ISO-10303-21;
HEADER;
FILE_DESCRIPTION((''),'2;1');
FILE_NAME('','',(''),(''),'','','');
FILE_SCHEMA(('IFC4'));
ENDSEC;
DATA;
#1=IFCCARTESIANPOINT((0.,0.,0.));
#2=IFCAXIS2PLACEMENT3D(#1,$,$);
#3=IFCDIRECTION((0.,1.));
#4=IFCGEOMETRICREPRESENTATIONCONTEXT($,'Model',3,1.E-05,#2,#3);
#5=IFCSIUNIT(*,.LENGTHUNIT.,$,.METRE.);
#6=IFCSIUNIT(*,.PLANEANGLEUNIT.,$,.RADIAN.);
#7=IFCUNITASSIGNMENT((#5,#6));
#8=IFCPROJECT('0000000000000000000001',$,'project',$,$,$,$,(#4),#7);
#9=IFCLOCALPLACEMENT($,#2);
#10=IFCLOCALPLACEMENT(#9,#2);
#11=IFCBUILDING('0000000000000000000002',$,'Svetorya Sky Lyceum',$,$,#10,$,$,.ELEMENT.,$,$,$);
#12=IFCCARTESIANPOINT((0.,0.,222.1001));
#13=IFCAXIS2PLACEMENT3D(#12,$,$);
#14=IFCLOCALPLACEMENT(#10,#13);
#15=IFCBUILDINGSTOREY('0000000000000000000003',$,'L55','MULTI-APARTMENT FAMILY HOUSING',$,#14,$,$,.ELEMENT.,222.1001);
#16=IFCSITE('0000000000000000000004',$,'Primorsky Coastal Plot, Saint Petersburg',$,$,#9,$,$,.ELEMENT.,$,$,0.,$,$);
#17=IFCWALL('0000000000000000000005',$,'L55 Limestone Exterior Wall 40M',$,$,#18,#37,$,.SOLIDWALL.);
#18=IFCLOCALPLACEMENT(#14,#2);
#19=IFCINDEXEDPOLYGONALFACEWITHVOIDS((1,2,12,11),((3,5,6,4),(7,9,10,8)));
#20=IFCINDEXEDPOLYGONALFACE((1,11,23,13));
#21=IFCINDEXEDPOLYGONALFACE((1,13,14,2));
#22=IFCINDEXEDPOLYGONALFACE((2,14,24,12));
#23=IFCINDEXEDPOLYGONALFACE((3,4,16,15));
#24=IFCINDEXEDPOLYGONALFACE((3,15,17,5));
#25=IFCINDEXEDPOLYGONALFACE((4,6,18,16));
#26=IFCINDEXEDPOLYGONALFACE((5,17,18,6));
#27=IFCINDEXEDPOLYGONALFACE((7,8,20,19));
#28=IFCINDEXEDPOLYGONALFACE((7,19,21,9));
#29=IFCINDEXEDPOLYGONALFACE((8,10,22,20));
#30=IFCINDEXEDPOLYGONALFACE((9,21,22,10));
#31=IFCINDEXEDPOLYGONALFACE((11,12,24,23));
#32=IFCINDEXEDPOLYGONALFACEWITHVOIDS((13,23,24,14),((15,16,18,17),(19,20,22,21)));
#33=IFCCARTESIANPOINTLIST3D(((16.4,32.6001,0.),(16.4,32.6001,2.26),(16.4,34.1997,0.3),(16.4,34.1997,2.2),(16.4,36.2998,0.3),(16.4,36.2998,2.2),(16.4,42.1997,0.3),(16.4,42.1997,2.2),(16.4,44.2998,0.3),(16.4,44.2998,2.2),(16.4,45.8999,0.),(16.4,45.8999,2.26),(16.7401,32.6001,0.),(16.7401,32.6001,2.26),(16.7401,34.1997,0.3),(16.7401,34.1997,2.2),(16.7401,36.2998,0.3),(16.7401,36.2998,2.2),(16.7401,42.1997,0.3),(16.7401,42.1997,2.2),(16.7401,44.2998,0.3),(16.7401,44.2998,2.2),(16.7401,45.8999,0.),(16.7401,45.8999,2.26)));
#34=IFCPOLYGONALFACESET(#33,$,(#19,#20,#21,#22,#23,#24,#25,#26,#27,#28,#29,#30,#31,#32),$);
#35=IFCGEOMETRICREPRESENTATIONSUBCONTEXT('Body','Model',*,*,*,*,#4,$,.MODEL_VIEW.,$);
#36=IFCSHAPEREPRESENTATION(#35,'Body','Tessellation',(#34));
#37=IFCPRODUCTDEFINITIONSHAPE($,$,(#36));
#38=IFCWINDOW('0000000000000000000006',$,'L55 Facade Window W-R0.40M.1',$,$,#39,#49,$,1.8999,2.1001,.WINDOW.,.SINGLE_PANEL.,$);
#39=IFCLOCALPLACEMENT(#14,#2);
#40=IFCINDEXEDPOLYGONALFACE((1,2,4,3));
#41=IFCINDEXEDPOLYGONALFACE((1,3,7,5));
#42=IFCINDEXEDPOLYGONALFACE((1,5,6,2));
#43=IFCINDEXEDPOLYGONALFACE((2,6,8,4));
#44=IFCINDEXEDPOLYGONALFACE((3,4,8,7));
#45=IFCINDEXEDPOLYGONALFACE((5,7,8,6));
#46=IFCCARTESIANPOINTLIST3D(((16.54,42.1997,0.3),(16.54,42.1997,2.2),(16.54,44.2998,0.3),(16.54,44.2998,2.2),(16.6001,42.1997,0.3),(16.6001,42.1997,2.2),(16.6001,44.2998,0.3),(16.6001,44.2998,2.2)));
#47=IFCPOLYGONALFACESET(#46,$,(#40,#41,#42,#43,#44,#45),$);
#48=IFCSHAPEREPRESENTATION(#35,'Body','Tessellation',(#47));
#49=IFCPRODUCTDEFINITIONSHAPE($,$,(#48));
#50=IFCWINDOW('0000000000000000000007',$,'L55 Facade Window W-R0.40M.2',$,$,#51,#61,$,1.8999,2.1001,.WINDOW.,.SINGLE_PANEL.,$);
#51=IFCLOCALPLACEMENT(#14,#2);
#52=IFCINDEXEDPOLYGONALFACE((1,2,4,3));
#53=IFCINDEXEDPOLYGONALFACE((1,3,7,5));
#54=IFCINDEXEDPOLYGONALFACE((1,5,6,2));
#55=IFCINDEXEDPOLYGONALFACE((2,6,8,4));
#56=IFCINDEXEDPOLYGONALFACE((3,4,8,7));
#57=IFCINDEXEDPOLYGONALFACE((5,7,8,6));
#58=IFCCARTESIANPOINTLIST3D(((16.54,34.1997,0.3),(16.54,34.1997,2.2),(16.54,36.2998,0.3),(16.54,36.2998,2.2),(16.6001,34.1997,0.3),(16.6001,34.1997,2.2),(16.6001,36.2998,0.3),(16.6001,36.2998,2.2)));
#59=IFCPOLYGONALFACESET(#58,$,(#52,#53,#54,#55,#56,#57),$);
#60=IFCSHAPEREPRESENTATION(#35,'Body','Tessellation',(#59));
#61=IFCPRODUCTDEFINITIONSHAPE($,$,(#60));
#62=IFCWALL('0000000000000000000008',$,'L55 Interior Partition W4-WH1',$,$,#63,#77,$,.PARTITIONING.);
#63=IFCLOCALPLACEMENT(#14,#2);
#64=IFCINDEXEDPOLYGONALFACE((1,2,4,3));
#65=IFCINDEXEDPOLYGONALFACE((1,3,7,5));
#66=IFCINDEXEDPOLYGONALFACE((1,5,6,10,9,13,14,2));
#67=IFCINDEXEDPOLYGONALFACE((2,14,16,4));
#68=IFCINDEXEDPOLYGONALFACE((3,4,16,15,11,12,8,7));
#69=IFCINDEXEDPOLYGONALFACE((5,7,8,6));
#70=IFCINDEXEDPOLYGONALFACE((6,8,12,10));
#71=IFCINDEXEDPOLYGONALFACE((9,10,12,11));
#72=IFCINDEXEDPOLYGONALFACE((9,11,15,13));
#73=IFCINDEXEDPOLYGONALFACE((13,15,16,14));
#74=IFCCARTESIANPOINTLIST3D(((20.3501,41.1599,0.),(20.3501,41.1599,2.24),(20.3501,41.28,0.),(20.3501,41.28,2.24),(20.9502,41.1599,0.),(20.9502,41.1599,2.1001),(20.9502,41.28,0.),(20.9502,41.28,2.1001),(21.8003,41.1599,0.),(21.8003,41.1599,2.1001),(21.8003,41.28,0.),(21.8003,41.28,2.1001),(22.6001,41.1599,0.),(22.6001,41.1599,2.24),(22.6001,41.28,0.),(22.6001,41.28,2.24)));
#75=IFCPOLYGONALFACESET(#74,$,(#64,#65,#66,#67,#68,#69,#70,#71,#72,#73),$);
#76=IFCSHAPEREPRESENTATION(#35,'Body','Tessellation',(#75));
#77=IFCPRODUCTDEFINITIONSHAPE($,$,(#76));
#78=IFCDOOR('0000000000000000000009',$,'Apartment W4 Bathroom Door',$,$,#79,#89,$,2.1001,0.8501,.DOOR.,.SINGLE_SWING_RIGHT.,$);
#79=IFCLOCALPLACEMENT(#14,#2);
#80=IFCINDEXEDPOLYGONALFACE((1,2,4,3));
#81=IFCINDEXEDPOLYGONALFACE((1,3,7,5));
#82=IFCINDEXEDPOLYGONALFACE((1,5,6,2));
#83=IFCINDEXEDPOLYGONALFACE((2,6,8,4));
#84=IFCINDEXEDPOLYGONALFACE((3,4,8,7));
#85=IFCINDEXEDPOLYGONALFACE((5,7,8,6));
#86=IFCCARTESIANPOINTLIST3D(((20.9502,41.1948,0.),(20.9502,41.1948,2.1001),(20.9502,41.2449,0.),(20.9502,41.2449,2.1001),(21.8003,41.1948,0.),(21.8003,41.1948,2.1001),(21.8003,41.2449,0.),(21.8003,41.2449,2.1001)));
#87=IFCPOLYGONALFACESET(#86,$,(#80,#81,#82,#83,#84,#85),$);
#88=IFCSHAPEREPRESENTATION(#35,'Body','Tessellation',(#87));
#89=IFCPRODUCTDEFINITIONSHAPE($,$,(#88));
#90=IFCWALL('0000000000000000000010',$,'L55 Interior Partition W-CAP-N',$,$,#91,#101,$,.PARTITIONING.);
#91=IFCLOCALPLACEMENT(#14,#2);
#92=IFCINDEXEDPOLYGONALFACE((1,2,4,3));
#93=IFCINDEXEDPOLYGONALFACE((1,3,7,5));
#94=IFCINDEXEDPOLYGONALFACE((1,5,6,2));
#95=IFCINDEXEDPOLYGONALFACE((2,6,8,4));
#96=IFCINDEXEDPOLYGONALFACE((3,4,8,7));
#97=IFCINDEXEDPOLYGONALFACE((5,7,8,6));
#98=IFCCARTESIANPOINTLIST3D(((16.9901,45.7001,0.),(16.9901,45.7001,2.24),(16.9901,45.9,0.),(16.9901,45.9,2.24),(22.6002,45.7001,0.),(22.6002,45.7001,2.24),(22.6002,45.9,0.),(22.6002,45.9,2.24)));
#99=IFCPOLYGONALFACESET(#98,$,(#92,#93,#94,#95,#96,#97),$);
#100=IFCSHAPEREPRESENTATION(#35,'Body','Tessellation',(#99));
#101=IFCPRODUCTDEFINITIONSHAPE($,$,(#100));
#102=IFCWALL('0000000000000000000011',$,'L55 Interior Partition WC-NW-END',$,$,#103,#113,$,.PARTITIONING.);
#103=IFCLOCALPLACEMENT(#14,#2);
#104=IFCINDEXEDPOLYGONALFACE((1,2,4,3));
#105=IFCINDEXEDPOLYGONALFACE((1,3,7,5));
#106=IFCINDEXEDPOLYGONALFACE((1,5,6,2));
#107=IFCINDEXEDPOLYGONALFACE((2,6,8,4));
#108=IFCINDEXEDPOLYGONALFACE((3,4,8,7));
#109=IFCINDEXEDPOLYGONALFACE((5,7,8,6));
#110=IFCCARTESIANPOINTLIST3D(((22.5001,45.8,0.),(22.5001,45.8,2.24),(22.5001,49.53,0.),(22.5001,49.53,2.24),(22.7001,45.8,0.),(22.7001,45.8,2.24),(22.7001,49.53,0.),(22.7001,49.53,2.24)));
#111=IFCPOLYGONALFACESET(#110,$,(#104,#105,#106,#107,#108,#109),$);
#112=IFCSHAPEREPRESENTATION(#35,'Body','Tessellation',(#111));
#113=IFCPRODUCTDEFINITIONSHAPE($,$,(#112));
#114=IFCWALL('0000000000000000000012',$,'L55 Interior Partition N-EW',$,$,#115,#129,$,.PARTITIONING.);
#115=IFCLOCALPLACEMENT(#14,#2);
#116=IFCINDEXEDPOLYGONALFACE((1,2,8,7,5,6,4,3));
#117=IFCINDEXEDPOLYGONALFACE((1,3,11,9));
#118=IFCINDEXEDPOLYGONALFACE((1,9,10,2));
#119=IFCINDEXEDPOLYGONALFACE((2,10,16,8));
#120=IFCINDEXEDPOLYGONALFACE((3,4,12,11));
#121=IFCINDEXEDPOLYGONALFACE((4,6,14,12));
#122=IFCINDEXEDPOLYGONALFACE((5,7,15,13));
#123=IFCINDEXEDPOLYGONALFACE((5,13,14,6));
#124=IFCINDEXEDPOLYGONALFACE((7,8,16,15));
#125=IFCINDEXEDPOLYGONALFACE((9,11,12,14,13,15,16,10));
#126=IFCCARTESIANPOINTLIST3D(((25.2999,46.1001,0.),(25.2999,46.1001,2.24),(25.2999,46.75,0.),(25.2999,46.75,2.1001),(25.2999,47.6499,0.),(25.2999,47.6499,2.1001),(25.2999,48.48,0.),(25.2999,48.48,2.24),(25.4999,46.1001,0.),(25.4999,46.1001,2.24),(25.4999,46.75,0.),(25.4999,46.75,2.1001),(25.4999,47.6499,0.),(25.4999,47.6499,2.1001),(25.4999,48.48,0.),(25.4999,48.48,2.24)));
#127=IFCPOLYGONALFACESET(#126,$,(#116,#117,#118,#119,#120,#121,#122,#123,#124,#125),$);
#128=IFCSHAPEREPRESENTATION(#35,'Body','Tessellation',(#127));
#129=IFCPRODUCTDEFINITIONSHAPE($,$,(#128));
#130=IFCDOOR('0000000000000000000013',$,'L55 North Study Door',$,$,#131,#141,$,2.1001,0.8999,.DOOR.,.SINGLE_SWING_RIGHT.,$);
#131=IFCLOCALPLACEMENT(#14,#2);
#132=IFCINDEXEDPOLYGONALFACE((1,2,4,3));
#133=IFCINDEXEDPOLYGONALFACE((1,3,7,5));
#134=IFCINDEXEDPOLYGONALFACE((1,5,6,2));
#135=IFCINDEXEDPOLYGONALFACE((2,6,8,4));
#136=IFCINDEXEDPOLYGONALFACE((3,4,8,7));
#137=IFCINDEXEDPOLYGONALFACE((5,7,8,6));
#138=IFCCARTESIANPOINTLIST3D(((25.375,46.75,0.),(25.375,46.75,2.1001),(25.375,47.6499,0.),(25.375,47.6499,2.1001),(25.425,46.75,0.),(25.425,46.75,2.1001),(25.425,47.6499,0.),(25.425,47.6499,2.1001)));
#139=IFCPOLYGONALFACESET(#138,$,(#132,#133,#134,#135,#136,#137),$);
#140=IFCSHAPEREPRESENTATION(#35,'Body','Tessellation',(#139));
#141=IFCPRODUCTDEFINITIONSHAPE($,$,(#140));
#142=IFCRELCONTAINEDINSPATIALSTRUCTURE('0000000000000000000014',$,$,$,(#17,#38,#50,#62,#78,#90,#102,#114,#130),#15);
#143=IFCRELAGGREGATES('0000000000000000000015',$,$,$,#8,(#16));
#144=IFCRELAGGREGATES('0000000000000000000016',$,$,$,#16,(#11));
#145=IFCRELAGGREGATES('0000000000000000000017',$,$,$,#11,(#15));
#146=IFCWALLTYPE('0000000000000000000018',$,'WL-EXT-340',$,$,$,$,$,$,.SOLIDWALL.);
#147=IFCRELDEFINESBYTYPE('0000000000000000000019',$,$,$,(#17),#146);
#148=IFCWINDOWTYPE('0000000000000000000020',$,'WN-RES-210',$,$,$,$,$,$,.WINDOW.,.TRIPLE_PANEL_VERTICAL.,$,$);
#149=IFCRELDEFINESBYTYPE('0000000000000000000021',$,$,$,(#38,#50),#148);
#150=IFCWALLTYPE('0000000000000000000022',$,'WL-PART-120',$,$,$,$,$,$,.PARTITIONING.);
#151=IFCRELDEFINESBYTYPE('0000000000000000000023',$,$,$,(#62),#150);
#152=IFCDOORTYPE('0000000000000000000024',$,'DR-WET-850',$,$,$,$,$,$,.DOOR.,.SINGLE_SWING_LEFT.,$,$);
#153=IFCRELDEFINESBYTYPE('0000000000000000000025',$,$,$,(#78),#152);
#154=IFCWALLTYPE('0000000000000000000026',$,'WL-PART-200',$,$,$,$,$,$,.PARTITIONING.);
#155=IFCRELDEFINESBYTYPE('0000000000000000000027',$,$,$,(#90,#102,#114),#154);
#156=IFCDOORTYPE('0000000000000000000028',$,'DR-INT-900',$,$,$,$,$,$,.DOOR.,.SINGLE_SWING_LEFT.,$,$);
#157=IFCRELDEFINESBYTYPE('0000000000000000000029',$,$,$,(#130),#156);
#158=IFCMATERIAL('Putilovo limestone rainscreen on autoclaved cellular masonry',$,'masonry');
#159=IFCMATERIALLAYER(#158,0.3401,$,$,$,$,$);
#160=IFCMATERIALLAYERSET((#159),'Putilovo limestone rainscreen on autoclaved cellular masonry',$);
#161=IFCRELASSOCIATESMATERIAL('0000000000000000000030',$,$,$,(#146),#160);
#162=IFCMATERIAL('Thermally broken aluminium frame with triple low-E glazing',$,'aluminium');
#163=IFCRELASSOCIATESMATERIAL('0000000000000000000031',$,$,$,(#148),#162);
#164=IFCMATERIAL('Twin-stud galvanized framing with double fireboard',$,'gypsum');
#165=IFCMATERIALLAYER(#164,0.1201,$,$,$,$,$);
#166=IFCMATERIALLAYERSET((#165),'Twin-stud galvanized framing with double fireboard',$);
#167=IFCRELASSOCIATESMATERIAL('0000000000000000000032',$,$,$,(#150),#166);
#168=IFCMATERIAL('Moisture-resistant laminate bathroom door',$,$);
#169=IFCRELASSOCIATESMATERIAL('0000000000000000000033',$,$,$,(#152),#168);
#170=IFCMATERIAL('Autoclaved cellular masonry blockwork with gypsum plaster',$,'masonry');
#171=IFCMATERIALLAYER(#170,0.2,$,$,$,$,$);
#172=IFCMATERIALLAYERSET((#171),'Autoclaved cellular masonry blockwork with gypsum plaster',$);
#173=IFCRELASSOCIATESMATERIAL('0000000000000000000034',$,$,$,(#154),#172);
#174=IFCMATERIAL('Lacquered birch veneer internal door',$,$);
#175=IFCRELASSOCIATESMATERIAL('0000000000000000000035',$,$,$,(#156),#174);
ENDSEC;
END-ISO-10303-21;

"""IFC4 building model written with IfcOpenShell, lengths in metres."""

from ifc_helpers import new_model, si_unit, direction, frame, frame_2d, origin, place, context, subcontext, project, spatial, rectangle, extrude, material, layer, layer_set, type_object, element, fill, save


model = new_model("IFC4")

# Units and contexts
model_context = context("Model", 3, precision=1e-05, world=origin(), true_north=direction((0.0, 1.0)))
body_context = subcontext(model_context, "Body", "Model", "MODEL_VIEW")
ifc_project = project(units=[si_unit("LENGTHUNIT", "METRE"), si_unit("PLANEANGLEUNIT", "RADIAN")], contexts=[model_context])

# Site, building, storey
site_placement = place(None, origin())
site = spatial("IfcSite", under=ifc_project, at=site_placement, Name="Primorsky Coastal Plot, Saint Petersburg", CompositionType="ELEMENT", RefElevation=0.0)
building_placement = place(site_placement, origin())
building = spatial("IfcBuilding", under=site, at=building_placement, Name="Svetorya Sky Lyceum", CompositionType="ELEMENT")
storey_placement = place(building_placement, frame((0.0, 0.0, 222.1001)))
storey = spatial("IfcBuildingStorey", under=building, at=storey_placement, Name="L55", Description="MULTI-APARTMENT FAMILY HOUSING", CompositionType="ELEMENT", Elevation=222.1001)

# Shared definitions
ifc_material_1 = material(Name="Putilovo limestone rainscreen on autoclaved cellular masonry", Category="masonry")
ifc_layer_1 = layer(ifc_material_1, 0.3401)
ifc_layer_set_1 = layer_set([ifc_layer_1], Name="Putilovo limestone rainscreen on autoclaved cellular masonry")
wall_type_1 = type_object("IfcWallType", Name="WL-EXT-340", PredefinedType="SOLIDWALL", material=ifc_layer_set_1)

# Wall, openings, windows
wall_1_placement = place(storey_placement, frame((16.5701, 45.8999, 0.0), z_axis=(0.0, 0.0, 1.0), x_axis=(0.0, -1.0, 0.0)))
wall_1 = element("IfcWall", 1, at=wall_1_placement, inside=storey, type_object=wall_type_1, Name="L55 Limestone Exterior Wall 40M", PredefinedType="SOLIDWALL", context=body_context, shape_type="SweptSolid", body=[
    extrude(rectangle(XDim=13.2998, YDim=0.3401, at=frame_2d((6.6499, 0.0))), origin(), (0.0, 0.0, 1.0), 2.26),
])
opening_1_placement = place(wall_1_placement, frame((1.6001, 0.0, 0.3)))
opening_1 = element("IfcOpeningElement", 2, at=opening_1_placement, cuts=wall_1, PredefinedType="OPENING", context=body_context, shape_type="SweptSolid", body=[
    extrude(rectangle(XDim=2.1001, YDim=1.8999, at=frame_2d((1.05, 0.95))), frame((0.0, 0.1799, 0.0), z_axis=(0.0, -1.0, 0.0), x_axis=(1.0, 0.0, 0.0)), (0.0, 0.0, 1.0), 0.3601),
])
opening_2_placement = place(wall_1_placement, frame((9.6001, 0.0, 0.3)))
opening_2 = element("IfcOpeningElement", 3, at=opening_2_placement, cuts=wall_1, PredefinedType="OPENING", context=body_context, shape_type="SweptSolid", body=[
    extrude(rectangle(XDim=2.1001, YDim=1.8999, at=frame_2d((1.05, 0.95))), frame((0.0, 0.1799, 0.0), z_axis=(0.0, -1.0, 0.0), x_axis=(1.0, 0.0, 0.0)), (0.0, 0.0, 1.0), 0.3601),
])
ifc_material_2 = material(Name="Thermally broken aluminium frame with triple low-E glazing", Category="aluminium")
window_type = type_object("IfcWindowType", Name="WN-RES-210", PartitioningType="TRIPLE_PANEL_VERTICAL", PredefinedType="WINDOW", material=ifc_material_2)
window_1_placement = place(opening_1_placement, origin())
window_1 = element("IfcWindow", 4, at=window_1_placement, inside=storey, type_object=window_type, Name="L55 Facade Window W-R0.40M.1", OverallHeight=1.8999, OverallWidth=2.1001, PartitioningType="SINGLE_PANEL", PredefinedType="WINDOW", context=body_context, shape_type="SweptSolid", body=[
    extrude(rectangle(XDim=2.1001, YDim=1.8999, at=frame_2d((1.05, 0.95))), frame((0.0, 0.03, 0.0), z_axis=(0.0, -1.0, 0.0), x_axis=(1.0, 0.0, 0.0)), (0.0, 0.0, 1.0), 0.0601),
])
fill(opening_1, window_1)
window_2_placement = place(opening_2_placement, origin())
window_2 = element("IfcWindow", 5, at=window_2_placement, inside=storey, type_object=window_type, Name="L55 Facade Window W-R0.40M.2", OverallHeight=1.8999, OverallWidth=2.1001, PartitioningType="SINGLE_PANEL", PredefinedType="WINDOW", context=body_context, shape_type="SweptSolid", body=[
    extrude(rectangle(XDim=2.1001, YDim=1.8999, at=frame_2d((1.05, 0.95))), frame((0.0, 0.03, 0.0), z_axis=(0.0, -1.0, 0.0), x_axis=(1.0, 0.0, 0.0)), (0.0, 0.0, 1.0), 0.0601),
])
fill(opening_2, window_2)

# Wall, opening, door
ifc_material_3 = material(Name="Twin-stud galvanized framing with double fireboard", Category="gypsum")
ifc_layer_2 = layer(ifc_material_3, 0.1201)
ifc_layer_set_2 = layer_set([ifc_layer_2], Name="Twin-stud galvanized framing with double fireboard")
wall_type_2 = type_object("IfcWallType", Name="WL-PART-120", PredefinedType="PARTITIONING", material=ifc_layer_set_2)
wall_2_placement = place(storey_placement, frame((20.3501, 41.22, 0.0), z_axis=(0.0, 0.0, 1.0), x_axis=(1.0, 0.0, 0.0)))
wall_2 = element("IfcWall", 6, at=wall_2_placement, inside=storey, type_object=wall_type_2, Name="L55 Interior Partition W4-WH1", PredefinedType="PARTITIONING", context=body_context, shape_type="SweptSolid", body=[
    extrude(rectangle(XDim=2.25, YDim=0.1201, at=frame_2d((1.125, 0.0))), origin(), (0.0, 0.0, 1.0), 2.24),
])
opening_3_placement = place(wall_2_placement, frame((0.6001, 0.0, 0.0)))
opening_3 = element("IfcOpeningElement", 7, at=opening_3_placement, cuts=wall_2, PredefinedType="OPENING", context=body_context, shape_type="SweptSolid", body=[
    extrude(rectangle(XDim=0.8501, YDim=2.1001, at=frame_2d((0.425, 1.05))), frame((0.0, 0.0701, 0.0), z_axis=(0.0, -1.0, 0.0), x_axis=(1.0, 0.0, 0.0)), (0.0, 0.0, 1.0), 0.1401),
])
ifc_material_4 = material(Name="Moisture-resistant laminate bathroom door")
door_type_1 = type_object("IfcDoorType", Name="DR-WET-850", OperationType="SINGLE_SWING_LEFT", PredefinedType="DOOR", material=ifc_material_4)
door_1_placement = place(opening_3_placement, origin())
door_1 = element("IfcDoor", 8, at=door_1_placement, inside=storey, type_object=door_type_1, Name="Apartment W4 Bathroom Door", OperationType="SINGLE_SWING_RIGHT", OverallHeight=2.1001, OverallWidth=0.8501, PredefinedType="DOOR", context=body_context, shape_type="SweptSolid", body=[
    extrude(rectangle(XDim=0.8501, YDim=2.1001, at=frame_2d((0.425, 1.05))), frame((0.0, 0.0249, 0.0), z_axis=(0.0, -1.0, 0.0), x_axis=(1.0, 0.0, 0.0)), (0.0, 0.0, 1.0), 0.05),
])
fill(opening_3, door_1)

# Walls
ifc_material_5 = material(Name="Autoclaved cellular masonry blockwork with gypsum plaster", Category="masonry")
ifc_layer_3 = layer(ifc_material_5, 0.2)
ifc_layer_set_3 = layer_set([ifc_layer_3], Name="Autoclaved cellular masonry blockwork with gypsum plaster")
wall_type_3 = type_object("IfcWallType", Name="WL-PART-200", PredefinedType="PARTITIONING", material=ifc_layer_set_3)
wall_3_placement = place(storey_placement, frame((16.99, 45.8, 0.0), z_axis=(0.0, 0.0, 1.0), x_axis=(1.0, 0.0, 0.0)))
element("IfcWall", 9, at=wall_3_placement, inside=storey, type_object=wall_type_3, Name="L55 Interior Partition W-CAP-N", PredefinedType="PARTITIONING", context=body_context, shape_type="SweptSolid", body=[
    extrude(rectangle(XDim=5.6101, YDim=0.2, at=frame_2d((2.8052, 0.0))), origin(), (0.0, 0.0, 1.0), 2.24),
])
wall_4_placement = place(storey_placement, frame((22.6001, 45.8, 0.0), z_axis=(0.0, 0.0, 1.0), x_axis=(0.0, 1.0, 0.0)))
element("IfcWall", 10, at=wall_4_placement, inside=storey, type_object=wall_type_3, Name="L55 Interior Partition WC-NW-END", PredefinedType="PARTITIONING", context=body_context, shape_type="SweptSolid", body=[
    extrude(rectangle(XDim=3.73, YDim=0.2, at=frame_2d((1.865, 0.0))), origin(), (0.0, 0.0, 1.0), 2.24),
])

# Wall, opening, door
wall_5_placement = place(storey_placement, frame((25.3999, 46.1001, 0.0), z_axis=(0.0, 0.0, 1.0), x_axis=(0.0, 1.0, 0.0)))
wall_5 = element("IfcWall", 11, at=wall_5_placement, inside=storey, type_object=wall_type_3, Name="L55 Interior Partition N-EW", PredefinedType="PARTITIONING", context=body_context, shape_type="SweptSolid", body=[
    extrude(rectangle(XDim=2.3799, YDim=0.2, at=frame_2d((1.1899, 0.0))), origin(), (0.0, 0.0, 1.0), 2.24),
])
opening_4_placement = place(wall_5_placement, frame((0.6499, 0.0, 0.0)))
opening_4 = element("IfcOpeningElement", 12, at=opening_4_placement, cuts=wall_5, PredefinedType="OPENING", context=body_context, shape_type="SweptSolid", body=[
    extrude(rectangle(XDim=0.8999, YDim=2.1001, at=frame_2d((0.45, 1.05))), frame((0.0, 0.1099, 0.0), z_axis=(0.0, -1.0, 0.0), x_axis=(1.0, 0.0, 0.0)), (0.0, 0.0, 1.0), 0.22),
])
ifc_material_6 = material(Name="Lacquered birch veneer internal door")
door_type_2 = type_object("IfcDoorType", Name="DR-INT-900", OperationType="SINGLE_SWING_LEFT", PredefinedType="DOOR", material=ifc_material_6)
door_2_placement = place(opening_4_placement, origin())
door_2 = element("IfcDoor", 13, at=door_2_placement, inside=storey, type_object=door_type_2, Name="L55 North Study Door", OperationType="SINGLE_SWING_RIGHT", OverallHeight=2.1001, OverallWidth=0.8999, PredefinedType="DOOR", context=body_context, shape_type="SweptSolid", body=[
    extrude(rectangle(XDim=0.8999, YDim=2.1001, at=frame_2d((0.45, 1.05))), frame((0.0, 0.0249, 0.0), z_axis=(0.0, -1.0, 0.0), x_axis=(1.0, 0.0, 0.0)), (0.0, 0.0, 1.0), 0.05),
])
fill(opening_4, door_2)

save(model, "model.ifc")
